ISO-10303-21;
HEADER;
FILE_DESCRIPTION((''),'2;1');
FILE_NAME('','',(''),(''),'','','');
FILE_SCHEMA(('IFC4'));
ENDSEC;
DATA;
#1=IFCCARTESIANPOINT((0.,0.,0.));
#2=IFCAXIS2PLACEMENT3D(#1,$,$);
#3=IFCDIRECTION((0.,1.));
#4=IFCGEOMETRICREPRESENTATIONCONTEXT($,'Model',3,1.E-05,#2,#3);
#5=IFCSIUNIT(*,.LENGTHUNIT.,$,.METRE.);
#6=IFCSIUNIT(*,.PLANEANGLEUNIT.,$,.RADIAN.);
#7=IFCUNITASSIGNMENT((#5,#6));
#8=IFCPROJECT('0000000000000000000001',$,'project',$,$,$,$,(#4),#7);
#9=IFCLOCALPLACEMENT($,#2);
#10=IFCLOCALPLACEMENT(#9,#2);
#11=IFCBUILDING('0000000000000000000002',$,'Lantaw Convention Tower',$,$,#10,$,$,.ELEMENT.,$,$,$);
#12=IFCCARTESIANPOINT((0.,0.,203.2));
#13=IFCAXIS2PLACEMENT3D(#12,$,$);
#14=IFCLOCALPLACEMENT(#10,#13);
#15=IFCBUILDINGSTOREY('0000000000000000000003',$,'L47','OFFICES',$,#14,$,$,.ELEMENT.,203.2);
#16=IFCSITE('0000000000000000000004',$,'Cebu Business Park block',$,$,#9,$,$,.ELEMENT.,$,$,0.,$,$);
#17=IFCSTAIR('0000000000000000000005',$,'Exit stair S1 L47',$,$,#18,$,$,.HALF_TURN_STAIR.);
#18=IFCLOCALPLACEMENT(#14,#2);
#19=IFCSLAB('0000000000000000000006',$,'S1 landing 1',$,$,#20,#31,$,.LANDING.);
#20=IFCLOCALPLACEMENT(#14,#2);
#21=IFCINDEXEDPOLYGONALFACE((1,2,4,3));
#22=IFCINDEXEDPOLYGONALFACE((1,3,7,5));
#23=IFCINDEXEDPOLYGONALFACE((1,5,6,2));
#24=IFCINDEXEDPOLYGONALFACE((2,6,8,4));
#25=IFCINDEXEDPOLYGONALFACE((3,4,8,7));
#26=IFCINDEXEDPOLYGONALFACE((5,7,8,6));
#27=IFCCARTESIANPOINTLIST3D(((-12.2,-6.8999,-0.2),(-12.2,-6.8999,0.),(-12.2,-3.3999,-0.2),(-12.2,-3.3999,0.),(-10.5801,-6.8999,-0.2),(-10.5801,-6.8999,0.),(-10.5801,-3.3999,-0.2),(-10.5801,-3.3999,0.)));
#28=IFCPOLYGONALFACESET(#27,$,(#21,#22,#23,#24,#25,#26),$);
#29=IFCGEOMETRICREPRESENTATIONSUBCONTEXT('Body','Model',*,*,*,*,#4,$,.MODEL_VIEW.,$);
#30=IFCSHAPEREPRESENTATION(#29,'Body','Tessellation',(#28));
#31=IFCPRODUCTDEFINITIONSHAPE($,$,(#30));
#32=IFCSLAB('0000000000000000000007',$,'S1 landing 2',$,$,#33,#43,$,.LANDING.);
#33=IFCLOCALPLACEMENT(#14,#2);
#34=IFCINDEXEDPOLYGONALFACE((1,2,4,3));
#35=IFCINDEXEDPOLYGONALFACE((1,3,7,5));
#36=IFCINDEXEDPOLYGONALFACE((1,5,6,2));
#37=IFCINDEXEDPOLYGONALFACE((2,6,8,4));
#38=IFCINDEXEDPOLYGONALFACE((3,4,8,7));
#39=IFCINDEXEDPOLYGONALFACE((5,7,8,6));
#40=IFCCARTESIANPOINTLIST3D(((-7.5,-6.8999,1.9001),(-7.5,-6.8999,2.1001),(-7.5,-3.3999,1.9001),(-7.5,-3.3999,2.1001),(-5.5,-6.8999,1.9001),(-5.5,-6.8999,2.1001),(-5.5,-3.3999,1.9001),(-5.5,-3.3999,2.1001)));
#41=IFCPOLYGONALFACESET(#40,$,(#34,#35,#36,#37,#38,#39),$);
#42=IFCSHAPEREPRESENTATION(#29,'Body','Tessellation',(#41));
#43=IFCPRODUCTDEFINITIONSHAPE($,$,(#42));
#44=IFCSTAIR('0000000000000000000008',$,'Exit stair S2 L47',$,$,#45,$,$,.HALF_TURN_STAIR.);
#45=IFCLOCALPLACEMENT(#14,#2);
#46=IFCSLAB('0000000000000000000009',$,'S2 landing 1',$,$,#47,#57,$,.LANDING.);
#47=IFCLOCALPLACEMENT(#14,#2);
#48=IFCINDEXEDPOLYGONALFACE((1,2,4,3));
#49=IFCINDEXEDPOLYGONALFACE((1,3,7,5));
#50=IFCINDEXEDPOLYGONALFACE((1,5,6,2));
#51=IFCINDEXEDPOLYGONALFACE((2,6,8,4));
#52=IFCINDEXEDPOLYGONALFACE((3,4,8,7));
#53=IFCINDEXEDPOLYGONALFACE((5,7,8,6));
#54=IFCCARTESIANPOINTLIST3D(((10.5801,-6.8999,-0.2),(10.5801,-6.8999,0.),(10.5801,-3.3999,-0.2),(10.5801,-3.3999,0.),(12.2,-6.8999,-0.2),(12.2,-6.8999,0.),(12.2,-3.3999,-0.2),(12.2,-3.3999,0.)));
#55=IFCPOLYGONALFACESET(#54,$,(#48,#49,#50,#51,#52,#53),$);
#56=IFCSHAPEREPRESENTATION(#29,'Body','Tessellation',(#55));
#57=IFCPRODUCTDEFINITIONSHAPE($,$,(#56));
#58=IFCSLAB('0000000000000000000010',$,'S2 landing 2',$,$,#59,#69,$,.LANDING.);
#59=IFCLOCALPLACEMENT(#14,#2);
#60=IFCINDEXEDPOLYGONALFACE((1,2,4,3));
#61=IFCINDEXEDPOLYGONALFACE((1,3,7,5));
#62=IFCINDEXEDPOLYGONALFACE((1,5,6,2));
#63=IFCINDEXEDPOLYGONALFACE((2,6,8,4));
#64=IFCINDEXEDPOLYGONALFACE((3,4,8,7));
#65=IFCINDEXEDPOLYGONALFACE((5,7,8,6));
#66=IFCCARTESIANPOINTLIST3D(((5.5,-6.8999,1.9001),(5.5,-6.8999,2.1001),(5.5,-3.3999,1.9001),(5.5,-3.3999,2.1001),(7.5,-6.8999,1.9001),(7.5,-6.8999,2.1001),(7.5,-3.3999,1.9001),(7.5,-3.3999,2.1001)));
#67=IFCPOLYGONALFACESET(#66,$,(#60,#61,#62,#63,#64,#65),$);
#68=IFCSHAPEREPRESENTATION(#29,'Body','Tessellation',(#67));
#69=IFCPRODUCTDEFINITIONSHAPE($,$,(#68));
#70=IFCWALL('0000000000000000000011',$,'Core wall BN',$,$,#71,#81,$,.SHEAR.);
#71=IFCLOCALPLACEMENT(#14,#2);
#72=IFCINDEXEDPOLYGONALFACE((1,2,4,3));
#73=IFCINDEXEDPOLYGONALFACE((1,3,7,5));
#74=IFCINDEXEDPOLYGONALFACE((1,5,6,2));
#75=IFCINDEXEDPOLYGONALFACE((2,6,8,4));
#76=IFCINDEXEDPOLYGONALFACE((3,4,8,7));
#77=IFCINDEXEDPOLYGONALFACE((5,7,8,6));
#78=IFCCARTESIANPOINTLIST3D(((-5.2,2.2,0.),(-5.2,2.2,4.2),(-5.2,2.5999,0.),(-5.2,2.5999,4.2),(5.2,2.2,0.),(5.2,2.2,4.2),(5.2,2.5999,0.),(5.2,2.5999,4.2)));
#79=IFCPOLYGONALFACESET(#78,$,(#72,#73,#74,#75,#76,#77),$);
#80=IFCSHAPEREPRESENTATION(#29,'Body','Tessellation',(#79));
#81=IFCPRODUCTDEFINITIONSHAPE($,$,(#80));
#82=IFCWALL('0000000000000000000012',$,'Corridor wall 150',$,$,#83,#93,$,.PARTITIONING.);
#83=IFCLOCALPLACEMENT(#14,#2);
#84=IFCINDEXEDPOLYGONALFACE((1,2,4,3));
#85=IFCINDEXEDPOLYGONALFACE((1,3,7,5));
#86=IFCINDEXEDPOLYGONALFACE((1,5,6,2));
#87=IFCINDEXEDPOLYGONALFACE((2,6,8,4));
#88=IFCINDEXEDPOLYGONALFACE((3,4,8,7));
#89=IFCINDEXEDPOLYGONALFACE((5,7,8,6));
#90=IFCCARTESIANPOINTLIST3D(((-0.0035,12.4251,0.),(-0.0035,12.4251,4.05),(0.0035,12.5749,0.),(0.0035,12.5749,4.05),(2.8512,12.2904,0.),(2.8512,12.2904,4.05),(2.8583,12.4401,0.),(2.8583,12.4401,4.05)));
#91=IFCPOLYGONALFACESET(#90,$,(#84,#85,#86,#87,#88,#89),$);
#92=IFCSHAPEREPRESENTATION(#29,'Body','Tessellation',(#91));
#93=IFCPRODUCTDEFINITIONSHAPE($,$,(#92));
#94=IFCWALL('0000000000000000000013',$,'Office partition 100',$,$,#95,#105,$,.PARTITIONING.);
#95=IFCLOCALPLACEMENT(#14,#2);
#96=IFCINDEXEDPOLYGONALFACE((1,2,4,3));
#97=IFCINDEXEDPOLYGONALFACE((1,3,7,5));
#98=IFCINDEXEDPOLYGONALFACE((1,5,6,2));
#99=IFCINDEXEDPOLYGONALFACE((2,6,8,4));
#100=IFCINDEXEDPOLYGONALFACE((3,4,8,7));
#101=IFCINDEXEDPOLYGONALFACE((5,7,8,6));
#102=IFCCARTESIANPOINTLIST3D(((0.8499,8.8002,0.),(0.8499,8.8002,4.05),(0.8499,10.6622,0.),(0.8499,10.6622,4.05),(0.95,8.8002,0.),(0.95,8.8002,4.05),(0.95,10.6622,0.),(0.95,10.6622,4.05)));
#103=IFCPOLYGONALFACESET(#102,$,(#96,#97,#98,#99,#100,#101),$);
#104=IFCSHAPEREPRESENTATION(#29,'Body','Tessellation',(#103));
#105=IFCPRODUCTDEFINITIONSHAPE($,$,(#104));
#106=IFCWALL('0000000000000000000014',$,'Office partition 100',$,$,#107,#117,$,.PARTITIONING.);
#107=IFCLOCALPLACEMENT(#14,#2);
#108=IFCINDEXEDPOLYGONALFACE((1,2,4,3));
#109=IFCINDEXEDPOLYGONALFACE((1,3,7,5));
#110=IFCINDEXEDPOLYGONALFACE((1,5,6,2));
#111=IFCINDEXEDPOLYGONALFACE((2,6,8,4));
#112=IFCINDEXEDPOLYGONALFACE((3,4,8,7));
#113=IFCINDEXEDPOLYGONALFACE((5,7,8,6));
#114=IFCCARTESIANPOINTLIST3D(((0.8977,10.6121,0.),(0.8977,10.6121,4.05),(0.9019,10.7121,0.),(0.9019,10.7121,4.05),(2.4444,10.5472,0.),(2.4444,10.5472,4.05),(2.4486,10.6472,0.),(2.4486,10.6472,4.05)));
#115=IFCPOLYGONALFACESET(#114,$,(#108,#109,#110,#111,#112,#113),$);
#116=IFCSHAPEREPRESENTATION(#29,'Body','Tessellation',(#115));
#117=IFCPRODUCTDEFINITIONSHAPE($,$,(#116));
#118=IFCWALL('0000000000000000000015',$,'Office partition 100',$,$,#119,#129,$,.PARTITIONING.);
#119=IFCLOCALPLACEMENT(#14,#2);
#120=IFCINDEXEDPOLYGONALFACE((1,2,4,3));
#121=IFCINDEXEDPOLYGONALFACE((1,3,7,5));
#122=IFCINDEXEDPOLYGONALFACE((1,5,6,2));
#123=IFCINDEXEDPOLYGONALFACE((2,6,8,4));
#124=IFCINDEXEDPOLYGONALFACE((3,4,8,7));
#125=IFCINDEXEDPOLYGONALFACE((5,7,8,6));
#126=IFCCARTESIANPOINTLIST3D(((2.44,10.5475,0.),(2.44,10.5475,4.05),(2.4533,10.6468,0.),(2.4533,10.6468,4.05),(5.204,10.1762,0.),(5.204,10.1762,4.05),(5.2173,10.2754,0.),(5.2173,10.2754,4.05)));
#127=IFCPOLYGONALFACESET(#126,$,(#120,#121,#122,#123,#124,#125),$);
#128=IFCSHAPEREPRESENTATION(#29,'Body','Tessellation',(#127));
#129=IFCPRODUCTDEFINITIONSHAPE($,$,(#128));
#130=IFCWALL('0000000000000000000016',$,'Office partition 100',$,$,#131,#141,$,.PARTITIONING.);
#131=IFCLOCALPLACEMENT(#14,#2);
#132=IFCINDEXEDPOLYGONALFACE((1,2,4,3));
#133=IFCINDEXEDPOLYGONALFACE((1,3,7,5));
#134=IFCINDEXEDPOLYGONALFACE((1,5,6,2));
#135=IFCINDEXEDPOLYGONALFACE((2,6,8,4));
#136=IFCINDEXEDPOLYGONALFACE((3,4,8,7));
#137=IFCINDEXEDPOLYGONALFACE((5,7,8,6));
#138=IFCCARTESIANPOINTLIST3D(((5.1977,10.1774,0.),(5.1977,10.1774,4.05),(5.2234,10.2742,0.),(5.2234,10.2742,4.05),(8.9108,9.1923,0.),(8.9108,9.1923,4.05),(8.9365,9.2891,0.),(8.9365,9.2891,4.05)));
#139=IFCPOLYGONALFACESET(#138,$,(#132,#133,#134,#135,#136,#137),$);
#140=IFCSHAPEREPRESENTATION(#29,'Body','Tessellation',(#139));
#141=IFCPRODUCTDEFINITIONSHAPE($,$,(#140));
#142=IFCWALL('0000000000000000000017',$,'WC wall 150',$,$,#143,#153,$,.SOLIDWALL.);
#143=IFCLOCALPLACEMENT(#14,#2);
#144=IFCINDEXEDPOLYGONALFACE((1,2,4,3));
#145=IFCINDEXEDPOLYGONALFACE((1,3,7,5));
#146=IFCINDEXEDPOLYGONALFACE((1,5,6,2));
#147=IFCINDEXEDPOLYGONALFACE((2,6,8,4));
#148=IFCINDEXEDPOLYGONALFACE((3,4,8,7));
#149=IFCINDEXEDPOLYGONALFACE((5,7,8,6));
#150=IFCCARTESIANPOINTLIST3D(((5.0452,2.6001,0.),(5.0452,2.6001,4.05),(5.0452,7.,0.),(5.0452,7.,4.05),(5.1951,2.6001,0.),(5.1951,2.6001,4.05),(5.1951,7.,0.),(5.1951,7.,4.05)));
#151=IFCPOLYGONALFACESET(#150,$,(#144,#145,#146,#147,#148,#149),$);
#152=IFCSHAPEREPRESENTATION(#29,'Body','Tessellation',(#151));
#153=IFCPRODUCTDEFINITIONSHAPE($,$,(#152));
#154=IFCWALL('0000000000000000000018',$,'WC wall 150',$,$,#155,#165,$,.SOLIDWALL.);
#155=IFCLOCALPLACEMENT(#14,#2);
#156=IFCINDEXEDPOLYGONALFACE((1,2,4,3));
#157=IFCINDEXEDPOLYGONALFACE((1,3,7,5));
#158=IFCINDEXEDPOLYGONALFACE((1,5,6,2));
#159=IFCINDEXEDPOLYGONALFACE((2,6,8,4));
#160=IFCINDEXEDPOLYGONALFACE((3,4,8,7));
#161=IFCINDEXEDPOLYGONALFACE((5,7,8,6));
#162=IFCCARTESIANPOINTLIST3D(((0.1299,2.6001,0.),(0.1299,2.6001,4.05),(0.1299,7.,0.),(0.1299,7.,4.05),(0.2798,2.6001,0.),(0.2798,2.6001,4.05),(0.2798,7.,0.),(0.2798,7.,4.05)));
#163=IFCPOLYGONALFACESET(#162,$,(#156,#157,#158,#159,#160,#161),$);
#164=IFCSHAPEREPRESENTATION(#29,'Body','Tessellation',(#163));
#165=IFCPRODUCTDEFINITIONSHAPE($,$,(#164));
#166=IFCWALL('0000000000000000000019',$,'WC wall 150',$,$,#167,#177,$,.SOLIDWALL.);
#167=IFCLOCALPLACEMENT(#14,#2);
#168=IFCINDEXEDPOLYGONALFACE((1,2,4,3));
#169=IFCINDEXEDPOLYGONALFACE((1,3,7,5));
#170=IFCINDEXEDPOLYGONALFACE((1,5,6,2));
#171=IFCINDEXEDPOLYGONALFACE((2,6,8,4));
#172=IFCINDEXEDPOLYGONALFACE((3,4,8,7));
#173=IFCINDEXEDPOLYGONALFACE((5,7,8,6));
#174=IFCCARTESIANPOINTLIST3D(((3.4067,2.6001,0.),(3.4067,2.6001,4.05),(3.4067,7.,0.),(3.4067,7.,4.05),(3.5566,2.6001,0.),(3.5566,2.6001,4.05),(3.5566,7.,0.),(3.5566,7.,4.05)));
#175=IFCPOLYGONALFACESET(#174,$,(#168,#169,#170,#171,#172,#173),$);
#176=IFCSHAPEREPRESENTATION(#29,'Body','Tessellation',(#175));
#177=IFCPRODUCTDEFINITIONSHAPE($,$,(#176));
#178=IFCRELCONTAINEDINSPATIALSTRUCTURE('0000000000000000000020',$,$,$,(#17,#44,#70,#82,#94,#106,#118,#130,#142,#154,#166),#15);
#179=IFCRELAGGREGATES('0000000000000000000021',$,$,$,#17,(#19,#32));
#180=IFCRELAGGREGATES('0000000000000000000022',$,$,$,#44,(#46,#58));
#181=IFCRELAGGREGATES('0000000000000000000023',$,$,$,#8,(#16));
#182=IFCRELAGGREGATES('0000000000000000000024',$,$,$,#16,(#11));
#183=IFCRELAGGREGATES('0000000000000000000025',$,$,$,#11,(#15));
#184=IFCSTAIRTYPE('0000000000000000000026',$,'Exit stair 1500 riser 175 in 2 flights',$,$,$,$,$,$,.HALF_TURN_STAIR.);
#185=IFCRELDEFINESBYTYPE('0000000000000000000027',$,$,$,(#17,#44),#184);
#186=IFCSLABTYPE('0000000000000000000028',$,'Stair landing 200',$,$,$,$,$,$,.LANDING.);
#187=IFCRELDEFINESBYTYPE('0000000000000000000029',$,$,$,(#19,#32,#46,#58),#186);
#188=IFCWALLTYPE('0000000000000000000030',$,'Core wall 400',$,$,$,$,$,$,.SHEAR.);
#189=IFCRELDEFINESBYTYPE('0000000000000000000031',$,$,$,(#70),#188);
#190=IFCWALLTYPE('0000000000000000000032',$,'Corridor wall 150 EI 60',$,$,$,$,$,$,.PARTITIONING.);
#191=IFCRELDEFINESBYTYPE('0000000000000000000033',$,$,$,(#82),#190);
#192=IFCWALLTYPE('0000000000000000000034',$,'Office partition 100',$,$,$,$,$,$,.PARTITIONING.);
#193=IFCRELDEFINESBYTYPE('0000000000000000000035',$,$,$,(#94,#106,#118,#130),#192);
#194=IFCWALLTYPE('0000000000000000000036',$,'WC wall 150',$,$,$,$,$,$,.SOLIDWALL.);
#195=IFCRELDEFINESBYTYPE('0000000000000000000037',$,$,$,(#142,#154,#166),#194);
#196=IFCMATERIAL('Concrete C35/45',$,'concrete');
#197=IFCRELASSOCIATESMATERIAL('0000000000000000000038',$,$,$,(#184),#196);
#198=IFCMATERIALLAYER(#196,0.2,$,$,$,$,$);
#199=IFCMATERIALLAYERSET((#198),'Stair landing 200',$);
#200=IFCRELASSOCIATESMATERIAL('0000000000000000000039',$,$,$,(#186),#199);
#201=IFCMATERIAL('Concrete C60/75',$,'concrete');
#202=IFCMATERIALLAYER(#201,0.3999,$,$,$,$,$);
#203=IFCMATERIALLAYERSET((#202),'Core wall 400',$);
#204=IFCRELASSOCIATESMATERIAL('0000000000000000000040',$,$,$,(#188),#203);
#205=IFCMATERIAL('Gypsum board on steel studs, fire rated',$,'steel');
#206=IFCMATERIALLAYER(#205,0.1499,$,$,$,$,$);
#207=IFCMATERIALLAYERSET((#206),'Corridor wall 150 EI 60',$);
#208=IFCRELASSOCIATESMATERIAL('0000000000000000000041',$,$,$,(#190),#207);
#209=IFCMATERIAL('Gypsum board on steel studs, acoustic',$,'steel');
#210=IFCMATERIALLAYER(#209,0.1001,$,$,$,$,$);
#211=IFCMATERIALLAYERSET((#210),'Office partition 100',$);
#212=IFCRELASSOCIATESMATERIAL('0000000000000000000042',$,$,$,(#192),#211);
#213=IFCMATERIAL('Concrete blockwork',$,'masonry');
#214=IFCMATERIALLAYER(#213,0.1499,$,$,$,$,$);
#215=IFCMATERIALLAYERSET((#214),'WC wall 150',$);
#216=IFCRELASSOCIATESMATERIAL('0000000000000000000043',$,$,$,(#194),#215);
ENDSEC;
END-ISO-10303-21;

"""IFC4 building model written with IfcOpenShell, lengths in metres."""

from ifc_helpers import new_model, si_unit, direction, frame, frame_2d, origin, place, context, subcontext, project, spatial, polyline, rectangle, outline, extrude, material, layer, layer_set, type_object, element, aggregate, save


model = new_model("IFC4")

# Units and contexts
model_context = context("Model", 3, precision=1e-05, world=origin(), true_north=direction((0.0, 1.0)))
body_context = subcontext(model_context, "Body", "Model", "MODEL_VIEW")
ifc_project = project(units=[si_unit("LENGTHUNIT", "METRE"), si_unit("PLANEANGLEUNIT", "RADIAN")], contexts=[model_context])

# Site, building, storey
site_placement = place(None, origin())
site = spatial("IfcSite", under=ifc_project, at=site_placement, Name="Cebu Business Park block", CompositionType="ELEMENT", RefElevation=0.0)
building_placement = place(site_placement, origin())
building = spatial("IfcBuilding", under=site, at=building_placement, Name="Lantaw Convention Tower", CompositionType="ELEMENT")
storey_placement = place(building_placement, frame((0.0, 0.0, 203.2)))
storey = spatial("IfcBuildingStorey", under=building, at=storey_placement, Name="L47", Description="OFFICES", CompositionType="ELEMENT", Elevation=203.2)

# Stairs, slabs
ifc_material_1 = material(Name="Concrete C35/45", Category="concrete")
stair_type = type_object("IfcStairType", Name="Exit stair 1500 riser 175 in 2 flights", PredefinedType="HALF_TURN_STAIR", material=ifc_material_1)
stair_1_placement = place(storey_placement, origin())
stair_1 = element("IfcStair", 1, at=stair_1_placement, inside=storey, type_object=stair_type, Name="Exit stair S1 L47", PredefinedType="HALF_TURN_STAIR")
ifc_layer_1 = layer(ifc_material_1, 0.2)
ifc_layer_set_1 = layer_set([ifc_layer_1], Name="Stair landing 200")
slab_type = type_object("IfcSlabType", Name="Stair landing 200", PredefinedType="LANDING", material=ifc_layer_set_1)
slab_1_placement = place(storey_placement, frame((0.0, 0.0, -0.2)))
slab_1 = element("IfcSlab", 2, at=slab_1_placement, type_object=slab_type, Name="S1 landing 1", PredefinedType="LANDING", context=body_context, shape_type="SweptSolid", body=[
    extrude(outline(polyline([(-12.2, -6.8999), (-10.5801, -6.8999), (-10.5801, -3.3999), (-12.2, -3.3999), (-12.2, -6.8999)])), origin(), (0.0, 0.0, 1.0), 0.2),
])
slab_2_placement = place(storey_placement, frame((0.0, 0.0, 1.9001)))
slab_2 = element("IfcSlab", 3, at=slab_2_placement, type_object=slab_type, Name="S1 landing 2", PredefinedType="LANDING", context=body_context, shape_type="SweptSolid", body=[
    extrude(outline(polyline([(-7.5, -6.8999), (-5.5, -6.8999), (-5.5, -3.3999), (-7.5, -3.3999), (-7.5, -6.8999)])), origin(), (0.0, 0.0, 1.0), 0.2),
])
aggregate(stair_1, [slab_1, slab_2])
stair_2_placement = place(storey_placement, origin())
stair_2 = element("IfcStair", 4, at=stair_2_placement, inside=storey, type_object=stair_type, Name="Exit stair S2 L47", PredefinedType="HALF_TURN_STAIR")
slab_3_placement = place(storey_placement, frame((0.0, 0.0, -0.2)))
slab_3 = element("IfcSlab", 5, at=slab_3_placement, type_object=slab_type, Name="S2 landing 1", PredefinedType="LANDING", context=body_context, shape_type="SweptSolid", body=[
    extrude(outline(polyline([(10.5801, -6.8999), (12.2, -6.8999), (12.2, -3.3999), (10.5801, -3.3999), (10.5801, -6.8999)])), origin(), (0.0, 0.0, 1.0), 0.2),
])
slab_4_placement = place(storey_placement, frame((0.0, 0.0, 1.9001)))
slab_4 = element("IfcSlab", 6, at=slab_4_placement, type_object=slab_type, Name="S2 landing 2", PredefinedType="LANDING", context=body_context, shape_type="SweptSolid", body=[
    extrude(outline(polyline([(5.5, -6.8999), (7.5, -6.8999), (7.5, -3.3999), (5.5, -3.3999), (5.5, -6.8999)])), origin(), (0.0, 0.0, 1.0), 0.2),
])
aggregate(stair_2, [slab_3, slab_4])

# Walls
ifc_material_2 = material(Name="Concrete C60/75", Category="concrete")
ifc_layer_2 = layer(ifc_material_2, 0.3999)
ifc_layer_set_2 = layer_set([ifc_layer_2], Name="Core wall 400")
wall_type_1 = type_object("IfcWallType", Name="Core wall 400", PredefinedType="SHEAR", material=ifc_layer_set_2)
wall_1_placement = place(storey_placement, frame((5.2, 2.3999, 0.0), z_axis=(0.0, 0.0, 1.0), x_axis=(-1.0, 0.0, 0.0)))
element("IfcWall", 7, at=wall_1_placement, inside=storey, type_object=wall_type_1, Name="Core wall BN", PredefinedType="SHEAR", context=body_context, shape_type="SweptSolid", body=[
    extrude(rectangle(XDim=10.3999, YDim=0.3999, at=frame_2d((5.2, 0.0))), origin(), (0.0, 0.0, 1.0), 4.2),
])
ifc_material_3 = material(Name="Gypsum board on steel studs, fire rated", Category="steel")
ifc_layer_3 = layer(ifc_material_3, 0.1499)
ifc_layer_set_3 = layer_set([ifc_layer_3], Name="Corridor wall 150 EI 60")
wall_type_2 = type_object("IfcWallType", Name="Corridor wall 150 EI 60", PredefinedType="PARTITIONING", material=ifc_layer_set_3)
wall_2_placement = place(storey_placement, frame((2.8547, 12.3652, 0.0), z_axis=(0.0, 0.0, 1.0), x_axis=(-0.998888, 0.047155, 0.0)))
element("IfcWall", 8, at=wall_2_placement, inside=storey, type_object=wall_type_2, Name="Corridor wall 150", PredefinedType="PARTITIONING", context=body_context, shape_type="SweptSolid", body=[
    extrude(rectangle(XDim=2.8579, YDim=0.1499, at=frame_2d((1.429, 0.0))), origin(), (0.0, 0.0, 1.0), 4.05),
])
ifc_material_4 = material(Name="Gypsum board on steel studs, acoustic", Category="steel")
ifc_layer_4 = layer(ifc_material_4, 0.1001)
ifc_layer_set_4 = layer_set([ifc_layer_4], Name="Office partition 100")
wall_type_3 = type_object("IfcWallType", Name="Office partition 100", PredefinedType="PARTITIONING", material=ifc_layer_set_4)
wall_3_placement = place(storey_placement, frame((0.8999, 8.8, 0.0), z_axis=(0.0, 0.0, 1.0), x_axis=(0.0, 1.0, 0.0)))
element("IfcWall", 9, at=wall_3_placement, inside=storey, type_object=wall_type_3, Name="Office partition 100", PredefinedType="PARTITIONING", context=body_context, shape_type="SweptSolid", body=[
    extrude(rectangle(XDim=1.8621, YDim=0.1001, at=frame_2d((0.9312, 0.0))), origin(), (0.0, 0.0, 1.0), 4.05),
])
wall_4_placement = place(storey_placement, frame((0.8999, 10.6621, 0.0), z_axis=(0.0, 0.0, 1.0), x_axis=(0.99912, -0.041952, 0.0)))
element("IfcWall", 10, at=wall_4_placement, inside=storey, type_object=wall_type_3, Name="Office partition 100", PredefinedType="PARTITIONING", context=body_context, shape_type="SweptSolid", body=[
    extrude(rectangle(XDim=1.5481, YDim=0.1001, at=frame_2d((0.7739, 0.0))), origin(), (0.0, 0.0, 1.0), 4.05),
])
wall_5_placement = place(storey_placement, frame((2.4465, 10.5972, 0.0), z_axis=(0.0, 0.0, 1.0), x_axis=(0.991095, -0.133156, 0.0)))
element("IfcWall", 11, at=wall_5_placement, inside=storey, type_object=wall_type_3, Name="Office partition 100", PredefinedType="PARTITIONING", context=body_context, shape_type="SweptSolid", body=[
    extrude(rectangle(XDim=2.7888, YDim=0.1001, at=frame_2d((1.3945, 0.0))), origin(), (0.0, 0.0, 1.0), 4.05),
])
wall_6_placement = place(storey_placement, frame((5.2104, 10.2258, 0.0), z_axis=(0.0, 0.0, 1.0), x_axis=(0.966562, -0.256432, 0.0)))
element("IfcWall", 12, at=wall_6_placement, inside=storey, type_object=wall_type_3, Name="Office partition 100", PredefinedType="PARTITIONING", context=body_context, shape_type="SweptSolid", body=[
    extrude(rectangle(XDim=3.8416, YDim=0.1001, at=frame_2d((1.9209, 0.0))), origin(), (0.0, 0.0, 1.0), 4.05),
])
ifc_material_5 = material(Name="Concrete blockwork", Category="masonry")
ifc_layer_5 = layer(ifc_material_5, 0.1499)
ifc_layer_set_5 = layer_set([ifc_layer_5], Name="WC wall 150")
wall_type_4 = type_object("IfcWallType", Name="WC wall 150", PredefinedType="SOLIDWALL", material=ifc_layer_set_5)
for number, where, z_axis, x_axis, name in (
    (13, (5.1201, 2.6001, 0.0), (0.0, 0.0, 1.0), (0.0, 1.0, 0.0), "WC wall 150"),
    (14, (0.2048, 2.6001, 0.0), (0.0, 0.0, 1.0), (0.0, 1.0, 0.0), "WC wall 150"),
    (15, (3.4817, 2.6001, 0.0), (0.0, 0.0, 1.0), (0.0, 1.0, 0.0), "WC wall 150"),
):
    element("IfcWall", number, at=place(storey_placement, frame(where, z_axis=z_axis, x_axis=x_axis)), inside=storey, type_object=wall_type_4, Name=name, PredefinedType="SOLIDWALL", context=body_context, shape_type="SweptSolid", body=[
        extrude(rectangle(XDim=4.3999, YDim=0.1499, at=frame_2d((2.2, 0.0))), origin(), (0.0, 0.0, 1.0), 4.05),
    ])

save(model, "model.ifc")
